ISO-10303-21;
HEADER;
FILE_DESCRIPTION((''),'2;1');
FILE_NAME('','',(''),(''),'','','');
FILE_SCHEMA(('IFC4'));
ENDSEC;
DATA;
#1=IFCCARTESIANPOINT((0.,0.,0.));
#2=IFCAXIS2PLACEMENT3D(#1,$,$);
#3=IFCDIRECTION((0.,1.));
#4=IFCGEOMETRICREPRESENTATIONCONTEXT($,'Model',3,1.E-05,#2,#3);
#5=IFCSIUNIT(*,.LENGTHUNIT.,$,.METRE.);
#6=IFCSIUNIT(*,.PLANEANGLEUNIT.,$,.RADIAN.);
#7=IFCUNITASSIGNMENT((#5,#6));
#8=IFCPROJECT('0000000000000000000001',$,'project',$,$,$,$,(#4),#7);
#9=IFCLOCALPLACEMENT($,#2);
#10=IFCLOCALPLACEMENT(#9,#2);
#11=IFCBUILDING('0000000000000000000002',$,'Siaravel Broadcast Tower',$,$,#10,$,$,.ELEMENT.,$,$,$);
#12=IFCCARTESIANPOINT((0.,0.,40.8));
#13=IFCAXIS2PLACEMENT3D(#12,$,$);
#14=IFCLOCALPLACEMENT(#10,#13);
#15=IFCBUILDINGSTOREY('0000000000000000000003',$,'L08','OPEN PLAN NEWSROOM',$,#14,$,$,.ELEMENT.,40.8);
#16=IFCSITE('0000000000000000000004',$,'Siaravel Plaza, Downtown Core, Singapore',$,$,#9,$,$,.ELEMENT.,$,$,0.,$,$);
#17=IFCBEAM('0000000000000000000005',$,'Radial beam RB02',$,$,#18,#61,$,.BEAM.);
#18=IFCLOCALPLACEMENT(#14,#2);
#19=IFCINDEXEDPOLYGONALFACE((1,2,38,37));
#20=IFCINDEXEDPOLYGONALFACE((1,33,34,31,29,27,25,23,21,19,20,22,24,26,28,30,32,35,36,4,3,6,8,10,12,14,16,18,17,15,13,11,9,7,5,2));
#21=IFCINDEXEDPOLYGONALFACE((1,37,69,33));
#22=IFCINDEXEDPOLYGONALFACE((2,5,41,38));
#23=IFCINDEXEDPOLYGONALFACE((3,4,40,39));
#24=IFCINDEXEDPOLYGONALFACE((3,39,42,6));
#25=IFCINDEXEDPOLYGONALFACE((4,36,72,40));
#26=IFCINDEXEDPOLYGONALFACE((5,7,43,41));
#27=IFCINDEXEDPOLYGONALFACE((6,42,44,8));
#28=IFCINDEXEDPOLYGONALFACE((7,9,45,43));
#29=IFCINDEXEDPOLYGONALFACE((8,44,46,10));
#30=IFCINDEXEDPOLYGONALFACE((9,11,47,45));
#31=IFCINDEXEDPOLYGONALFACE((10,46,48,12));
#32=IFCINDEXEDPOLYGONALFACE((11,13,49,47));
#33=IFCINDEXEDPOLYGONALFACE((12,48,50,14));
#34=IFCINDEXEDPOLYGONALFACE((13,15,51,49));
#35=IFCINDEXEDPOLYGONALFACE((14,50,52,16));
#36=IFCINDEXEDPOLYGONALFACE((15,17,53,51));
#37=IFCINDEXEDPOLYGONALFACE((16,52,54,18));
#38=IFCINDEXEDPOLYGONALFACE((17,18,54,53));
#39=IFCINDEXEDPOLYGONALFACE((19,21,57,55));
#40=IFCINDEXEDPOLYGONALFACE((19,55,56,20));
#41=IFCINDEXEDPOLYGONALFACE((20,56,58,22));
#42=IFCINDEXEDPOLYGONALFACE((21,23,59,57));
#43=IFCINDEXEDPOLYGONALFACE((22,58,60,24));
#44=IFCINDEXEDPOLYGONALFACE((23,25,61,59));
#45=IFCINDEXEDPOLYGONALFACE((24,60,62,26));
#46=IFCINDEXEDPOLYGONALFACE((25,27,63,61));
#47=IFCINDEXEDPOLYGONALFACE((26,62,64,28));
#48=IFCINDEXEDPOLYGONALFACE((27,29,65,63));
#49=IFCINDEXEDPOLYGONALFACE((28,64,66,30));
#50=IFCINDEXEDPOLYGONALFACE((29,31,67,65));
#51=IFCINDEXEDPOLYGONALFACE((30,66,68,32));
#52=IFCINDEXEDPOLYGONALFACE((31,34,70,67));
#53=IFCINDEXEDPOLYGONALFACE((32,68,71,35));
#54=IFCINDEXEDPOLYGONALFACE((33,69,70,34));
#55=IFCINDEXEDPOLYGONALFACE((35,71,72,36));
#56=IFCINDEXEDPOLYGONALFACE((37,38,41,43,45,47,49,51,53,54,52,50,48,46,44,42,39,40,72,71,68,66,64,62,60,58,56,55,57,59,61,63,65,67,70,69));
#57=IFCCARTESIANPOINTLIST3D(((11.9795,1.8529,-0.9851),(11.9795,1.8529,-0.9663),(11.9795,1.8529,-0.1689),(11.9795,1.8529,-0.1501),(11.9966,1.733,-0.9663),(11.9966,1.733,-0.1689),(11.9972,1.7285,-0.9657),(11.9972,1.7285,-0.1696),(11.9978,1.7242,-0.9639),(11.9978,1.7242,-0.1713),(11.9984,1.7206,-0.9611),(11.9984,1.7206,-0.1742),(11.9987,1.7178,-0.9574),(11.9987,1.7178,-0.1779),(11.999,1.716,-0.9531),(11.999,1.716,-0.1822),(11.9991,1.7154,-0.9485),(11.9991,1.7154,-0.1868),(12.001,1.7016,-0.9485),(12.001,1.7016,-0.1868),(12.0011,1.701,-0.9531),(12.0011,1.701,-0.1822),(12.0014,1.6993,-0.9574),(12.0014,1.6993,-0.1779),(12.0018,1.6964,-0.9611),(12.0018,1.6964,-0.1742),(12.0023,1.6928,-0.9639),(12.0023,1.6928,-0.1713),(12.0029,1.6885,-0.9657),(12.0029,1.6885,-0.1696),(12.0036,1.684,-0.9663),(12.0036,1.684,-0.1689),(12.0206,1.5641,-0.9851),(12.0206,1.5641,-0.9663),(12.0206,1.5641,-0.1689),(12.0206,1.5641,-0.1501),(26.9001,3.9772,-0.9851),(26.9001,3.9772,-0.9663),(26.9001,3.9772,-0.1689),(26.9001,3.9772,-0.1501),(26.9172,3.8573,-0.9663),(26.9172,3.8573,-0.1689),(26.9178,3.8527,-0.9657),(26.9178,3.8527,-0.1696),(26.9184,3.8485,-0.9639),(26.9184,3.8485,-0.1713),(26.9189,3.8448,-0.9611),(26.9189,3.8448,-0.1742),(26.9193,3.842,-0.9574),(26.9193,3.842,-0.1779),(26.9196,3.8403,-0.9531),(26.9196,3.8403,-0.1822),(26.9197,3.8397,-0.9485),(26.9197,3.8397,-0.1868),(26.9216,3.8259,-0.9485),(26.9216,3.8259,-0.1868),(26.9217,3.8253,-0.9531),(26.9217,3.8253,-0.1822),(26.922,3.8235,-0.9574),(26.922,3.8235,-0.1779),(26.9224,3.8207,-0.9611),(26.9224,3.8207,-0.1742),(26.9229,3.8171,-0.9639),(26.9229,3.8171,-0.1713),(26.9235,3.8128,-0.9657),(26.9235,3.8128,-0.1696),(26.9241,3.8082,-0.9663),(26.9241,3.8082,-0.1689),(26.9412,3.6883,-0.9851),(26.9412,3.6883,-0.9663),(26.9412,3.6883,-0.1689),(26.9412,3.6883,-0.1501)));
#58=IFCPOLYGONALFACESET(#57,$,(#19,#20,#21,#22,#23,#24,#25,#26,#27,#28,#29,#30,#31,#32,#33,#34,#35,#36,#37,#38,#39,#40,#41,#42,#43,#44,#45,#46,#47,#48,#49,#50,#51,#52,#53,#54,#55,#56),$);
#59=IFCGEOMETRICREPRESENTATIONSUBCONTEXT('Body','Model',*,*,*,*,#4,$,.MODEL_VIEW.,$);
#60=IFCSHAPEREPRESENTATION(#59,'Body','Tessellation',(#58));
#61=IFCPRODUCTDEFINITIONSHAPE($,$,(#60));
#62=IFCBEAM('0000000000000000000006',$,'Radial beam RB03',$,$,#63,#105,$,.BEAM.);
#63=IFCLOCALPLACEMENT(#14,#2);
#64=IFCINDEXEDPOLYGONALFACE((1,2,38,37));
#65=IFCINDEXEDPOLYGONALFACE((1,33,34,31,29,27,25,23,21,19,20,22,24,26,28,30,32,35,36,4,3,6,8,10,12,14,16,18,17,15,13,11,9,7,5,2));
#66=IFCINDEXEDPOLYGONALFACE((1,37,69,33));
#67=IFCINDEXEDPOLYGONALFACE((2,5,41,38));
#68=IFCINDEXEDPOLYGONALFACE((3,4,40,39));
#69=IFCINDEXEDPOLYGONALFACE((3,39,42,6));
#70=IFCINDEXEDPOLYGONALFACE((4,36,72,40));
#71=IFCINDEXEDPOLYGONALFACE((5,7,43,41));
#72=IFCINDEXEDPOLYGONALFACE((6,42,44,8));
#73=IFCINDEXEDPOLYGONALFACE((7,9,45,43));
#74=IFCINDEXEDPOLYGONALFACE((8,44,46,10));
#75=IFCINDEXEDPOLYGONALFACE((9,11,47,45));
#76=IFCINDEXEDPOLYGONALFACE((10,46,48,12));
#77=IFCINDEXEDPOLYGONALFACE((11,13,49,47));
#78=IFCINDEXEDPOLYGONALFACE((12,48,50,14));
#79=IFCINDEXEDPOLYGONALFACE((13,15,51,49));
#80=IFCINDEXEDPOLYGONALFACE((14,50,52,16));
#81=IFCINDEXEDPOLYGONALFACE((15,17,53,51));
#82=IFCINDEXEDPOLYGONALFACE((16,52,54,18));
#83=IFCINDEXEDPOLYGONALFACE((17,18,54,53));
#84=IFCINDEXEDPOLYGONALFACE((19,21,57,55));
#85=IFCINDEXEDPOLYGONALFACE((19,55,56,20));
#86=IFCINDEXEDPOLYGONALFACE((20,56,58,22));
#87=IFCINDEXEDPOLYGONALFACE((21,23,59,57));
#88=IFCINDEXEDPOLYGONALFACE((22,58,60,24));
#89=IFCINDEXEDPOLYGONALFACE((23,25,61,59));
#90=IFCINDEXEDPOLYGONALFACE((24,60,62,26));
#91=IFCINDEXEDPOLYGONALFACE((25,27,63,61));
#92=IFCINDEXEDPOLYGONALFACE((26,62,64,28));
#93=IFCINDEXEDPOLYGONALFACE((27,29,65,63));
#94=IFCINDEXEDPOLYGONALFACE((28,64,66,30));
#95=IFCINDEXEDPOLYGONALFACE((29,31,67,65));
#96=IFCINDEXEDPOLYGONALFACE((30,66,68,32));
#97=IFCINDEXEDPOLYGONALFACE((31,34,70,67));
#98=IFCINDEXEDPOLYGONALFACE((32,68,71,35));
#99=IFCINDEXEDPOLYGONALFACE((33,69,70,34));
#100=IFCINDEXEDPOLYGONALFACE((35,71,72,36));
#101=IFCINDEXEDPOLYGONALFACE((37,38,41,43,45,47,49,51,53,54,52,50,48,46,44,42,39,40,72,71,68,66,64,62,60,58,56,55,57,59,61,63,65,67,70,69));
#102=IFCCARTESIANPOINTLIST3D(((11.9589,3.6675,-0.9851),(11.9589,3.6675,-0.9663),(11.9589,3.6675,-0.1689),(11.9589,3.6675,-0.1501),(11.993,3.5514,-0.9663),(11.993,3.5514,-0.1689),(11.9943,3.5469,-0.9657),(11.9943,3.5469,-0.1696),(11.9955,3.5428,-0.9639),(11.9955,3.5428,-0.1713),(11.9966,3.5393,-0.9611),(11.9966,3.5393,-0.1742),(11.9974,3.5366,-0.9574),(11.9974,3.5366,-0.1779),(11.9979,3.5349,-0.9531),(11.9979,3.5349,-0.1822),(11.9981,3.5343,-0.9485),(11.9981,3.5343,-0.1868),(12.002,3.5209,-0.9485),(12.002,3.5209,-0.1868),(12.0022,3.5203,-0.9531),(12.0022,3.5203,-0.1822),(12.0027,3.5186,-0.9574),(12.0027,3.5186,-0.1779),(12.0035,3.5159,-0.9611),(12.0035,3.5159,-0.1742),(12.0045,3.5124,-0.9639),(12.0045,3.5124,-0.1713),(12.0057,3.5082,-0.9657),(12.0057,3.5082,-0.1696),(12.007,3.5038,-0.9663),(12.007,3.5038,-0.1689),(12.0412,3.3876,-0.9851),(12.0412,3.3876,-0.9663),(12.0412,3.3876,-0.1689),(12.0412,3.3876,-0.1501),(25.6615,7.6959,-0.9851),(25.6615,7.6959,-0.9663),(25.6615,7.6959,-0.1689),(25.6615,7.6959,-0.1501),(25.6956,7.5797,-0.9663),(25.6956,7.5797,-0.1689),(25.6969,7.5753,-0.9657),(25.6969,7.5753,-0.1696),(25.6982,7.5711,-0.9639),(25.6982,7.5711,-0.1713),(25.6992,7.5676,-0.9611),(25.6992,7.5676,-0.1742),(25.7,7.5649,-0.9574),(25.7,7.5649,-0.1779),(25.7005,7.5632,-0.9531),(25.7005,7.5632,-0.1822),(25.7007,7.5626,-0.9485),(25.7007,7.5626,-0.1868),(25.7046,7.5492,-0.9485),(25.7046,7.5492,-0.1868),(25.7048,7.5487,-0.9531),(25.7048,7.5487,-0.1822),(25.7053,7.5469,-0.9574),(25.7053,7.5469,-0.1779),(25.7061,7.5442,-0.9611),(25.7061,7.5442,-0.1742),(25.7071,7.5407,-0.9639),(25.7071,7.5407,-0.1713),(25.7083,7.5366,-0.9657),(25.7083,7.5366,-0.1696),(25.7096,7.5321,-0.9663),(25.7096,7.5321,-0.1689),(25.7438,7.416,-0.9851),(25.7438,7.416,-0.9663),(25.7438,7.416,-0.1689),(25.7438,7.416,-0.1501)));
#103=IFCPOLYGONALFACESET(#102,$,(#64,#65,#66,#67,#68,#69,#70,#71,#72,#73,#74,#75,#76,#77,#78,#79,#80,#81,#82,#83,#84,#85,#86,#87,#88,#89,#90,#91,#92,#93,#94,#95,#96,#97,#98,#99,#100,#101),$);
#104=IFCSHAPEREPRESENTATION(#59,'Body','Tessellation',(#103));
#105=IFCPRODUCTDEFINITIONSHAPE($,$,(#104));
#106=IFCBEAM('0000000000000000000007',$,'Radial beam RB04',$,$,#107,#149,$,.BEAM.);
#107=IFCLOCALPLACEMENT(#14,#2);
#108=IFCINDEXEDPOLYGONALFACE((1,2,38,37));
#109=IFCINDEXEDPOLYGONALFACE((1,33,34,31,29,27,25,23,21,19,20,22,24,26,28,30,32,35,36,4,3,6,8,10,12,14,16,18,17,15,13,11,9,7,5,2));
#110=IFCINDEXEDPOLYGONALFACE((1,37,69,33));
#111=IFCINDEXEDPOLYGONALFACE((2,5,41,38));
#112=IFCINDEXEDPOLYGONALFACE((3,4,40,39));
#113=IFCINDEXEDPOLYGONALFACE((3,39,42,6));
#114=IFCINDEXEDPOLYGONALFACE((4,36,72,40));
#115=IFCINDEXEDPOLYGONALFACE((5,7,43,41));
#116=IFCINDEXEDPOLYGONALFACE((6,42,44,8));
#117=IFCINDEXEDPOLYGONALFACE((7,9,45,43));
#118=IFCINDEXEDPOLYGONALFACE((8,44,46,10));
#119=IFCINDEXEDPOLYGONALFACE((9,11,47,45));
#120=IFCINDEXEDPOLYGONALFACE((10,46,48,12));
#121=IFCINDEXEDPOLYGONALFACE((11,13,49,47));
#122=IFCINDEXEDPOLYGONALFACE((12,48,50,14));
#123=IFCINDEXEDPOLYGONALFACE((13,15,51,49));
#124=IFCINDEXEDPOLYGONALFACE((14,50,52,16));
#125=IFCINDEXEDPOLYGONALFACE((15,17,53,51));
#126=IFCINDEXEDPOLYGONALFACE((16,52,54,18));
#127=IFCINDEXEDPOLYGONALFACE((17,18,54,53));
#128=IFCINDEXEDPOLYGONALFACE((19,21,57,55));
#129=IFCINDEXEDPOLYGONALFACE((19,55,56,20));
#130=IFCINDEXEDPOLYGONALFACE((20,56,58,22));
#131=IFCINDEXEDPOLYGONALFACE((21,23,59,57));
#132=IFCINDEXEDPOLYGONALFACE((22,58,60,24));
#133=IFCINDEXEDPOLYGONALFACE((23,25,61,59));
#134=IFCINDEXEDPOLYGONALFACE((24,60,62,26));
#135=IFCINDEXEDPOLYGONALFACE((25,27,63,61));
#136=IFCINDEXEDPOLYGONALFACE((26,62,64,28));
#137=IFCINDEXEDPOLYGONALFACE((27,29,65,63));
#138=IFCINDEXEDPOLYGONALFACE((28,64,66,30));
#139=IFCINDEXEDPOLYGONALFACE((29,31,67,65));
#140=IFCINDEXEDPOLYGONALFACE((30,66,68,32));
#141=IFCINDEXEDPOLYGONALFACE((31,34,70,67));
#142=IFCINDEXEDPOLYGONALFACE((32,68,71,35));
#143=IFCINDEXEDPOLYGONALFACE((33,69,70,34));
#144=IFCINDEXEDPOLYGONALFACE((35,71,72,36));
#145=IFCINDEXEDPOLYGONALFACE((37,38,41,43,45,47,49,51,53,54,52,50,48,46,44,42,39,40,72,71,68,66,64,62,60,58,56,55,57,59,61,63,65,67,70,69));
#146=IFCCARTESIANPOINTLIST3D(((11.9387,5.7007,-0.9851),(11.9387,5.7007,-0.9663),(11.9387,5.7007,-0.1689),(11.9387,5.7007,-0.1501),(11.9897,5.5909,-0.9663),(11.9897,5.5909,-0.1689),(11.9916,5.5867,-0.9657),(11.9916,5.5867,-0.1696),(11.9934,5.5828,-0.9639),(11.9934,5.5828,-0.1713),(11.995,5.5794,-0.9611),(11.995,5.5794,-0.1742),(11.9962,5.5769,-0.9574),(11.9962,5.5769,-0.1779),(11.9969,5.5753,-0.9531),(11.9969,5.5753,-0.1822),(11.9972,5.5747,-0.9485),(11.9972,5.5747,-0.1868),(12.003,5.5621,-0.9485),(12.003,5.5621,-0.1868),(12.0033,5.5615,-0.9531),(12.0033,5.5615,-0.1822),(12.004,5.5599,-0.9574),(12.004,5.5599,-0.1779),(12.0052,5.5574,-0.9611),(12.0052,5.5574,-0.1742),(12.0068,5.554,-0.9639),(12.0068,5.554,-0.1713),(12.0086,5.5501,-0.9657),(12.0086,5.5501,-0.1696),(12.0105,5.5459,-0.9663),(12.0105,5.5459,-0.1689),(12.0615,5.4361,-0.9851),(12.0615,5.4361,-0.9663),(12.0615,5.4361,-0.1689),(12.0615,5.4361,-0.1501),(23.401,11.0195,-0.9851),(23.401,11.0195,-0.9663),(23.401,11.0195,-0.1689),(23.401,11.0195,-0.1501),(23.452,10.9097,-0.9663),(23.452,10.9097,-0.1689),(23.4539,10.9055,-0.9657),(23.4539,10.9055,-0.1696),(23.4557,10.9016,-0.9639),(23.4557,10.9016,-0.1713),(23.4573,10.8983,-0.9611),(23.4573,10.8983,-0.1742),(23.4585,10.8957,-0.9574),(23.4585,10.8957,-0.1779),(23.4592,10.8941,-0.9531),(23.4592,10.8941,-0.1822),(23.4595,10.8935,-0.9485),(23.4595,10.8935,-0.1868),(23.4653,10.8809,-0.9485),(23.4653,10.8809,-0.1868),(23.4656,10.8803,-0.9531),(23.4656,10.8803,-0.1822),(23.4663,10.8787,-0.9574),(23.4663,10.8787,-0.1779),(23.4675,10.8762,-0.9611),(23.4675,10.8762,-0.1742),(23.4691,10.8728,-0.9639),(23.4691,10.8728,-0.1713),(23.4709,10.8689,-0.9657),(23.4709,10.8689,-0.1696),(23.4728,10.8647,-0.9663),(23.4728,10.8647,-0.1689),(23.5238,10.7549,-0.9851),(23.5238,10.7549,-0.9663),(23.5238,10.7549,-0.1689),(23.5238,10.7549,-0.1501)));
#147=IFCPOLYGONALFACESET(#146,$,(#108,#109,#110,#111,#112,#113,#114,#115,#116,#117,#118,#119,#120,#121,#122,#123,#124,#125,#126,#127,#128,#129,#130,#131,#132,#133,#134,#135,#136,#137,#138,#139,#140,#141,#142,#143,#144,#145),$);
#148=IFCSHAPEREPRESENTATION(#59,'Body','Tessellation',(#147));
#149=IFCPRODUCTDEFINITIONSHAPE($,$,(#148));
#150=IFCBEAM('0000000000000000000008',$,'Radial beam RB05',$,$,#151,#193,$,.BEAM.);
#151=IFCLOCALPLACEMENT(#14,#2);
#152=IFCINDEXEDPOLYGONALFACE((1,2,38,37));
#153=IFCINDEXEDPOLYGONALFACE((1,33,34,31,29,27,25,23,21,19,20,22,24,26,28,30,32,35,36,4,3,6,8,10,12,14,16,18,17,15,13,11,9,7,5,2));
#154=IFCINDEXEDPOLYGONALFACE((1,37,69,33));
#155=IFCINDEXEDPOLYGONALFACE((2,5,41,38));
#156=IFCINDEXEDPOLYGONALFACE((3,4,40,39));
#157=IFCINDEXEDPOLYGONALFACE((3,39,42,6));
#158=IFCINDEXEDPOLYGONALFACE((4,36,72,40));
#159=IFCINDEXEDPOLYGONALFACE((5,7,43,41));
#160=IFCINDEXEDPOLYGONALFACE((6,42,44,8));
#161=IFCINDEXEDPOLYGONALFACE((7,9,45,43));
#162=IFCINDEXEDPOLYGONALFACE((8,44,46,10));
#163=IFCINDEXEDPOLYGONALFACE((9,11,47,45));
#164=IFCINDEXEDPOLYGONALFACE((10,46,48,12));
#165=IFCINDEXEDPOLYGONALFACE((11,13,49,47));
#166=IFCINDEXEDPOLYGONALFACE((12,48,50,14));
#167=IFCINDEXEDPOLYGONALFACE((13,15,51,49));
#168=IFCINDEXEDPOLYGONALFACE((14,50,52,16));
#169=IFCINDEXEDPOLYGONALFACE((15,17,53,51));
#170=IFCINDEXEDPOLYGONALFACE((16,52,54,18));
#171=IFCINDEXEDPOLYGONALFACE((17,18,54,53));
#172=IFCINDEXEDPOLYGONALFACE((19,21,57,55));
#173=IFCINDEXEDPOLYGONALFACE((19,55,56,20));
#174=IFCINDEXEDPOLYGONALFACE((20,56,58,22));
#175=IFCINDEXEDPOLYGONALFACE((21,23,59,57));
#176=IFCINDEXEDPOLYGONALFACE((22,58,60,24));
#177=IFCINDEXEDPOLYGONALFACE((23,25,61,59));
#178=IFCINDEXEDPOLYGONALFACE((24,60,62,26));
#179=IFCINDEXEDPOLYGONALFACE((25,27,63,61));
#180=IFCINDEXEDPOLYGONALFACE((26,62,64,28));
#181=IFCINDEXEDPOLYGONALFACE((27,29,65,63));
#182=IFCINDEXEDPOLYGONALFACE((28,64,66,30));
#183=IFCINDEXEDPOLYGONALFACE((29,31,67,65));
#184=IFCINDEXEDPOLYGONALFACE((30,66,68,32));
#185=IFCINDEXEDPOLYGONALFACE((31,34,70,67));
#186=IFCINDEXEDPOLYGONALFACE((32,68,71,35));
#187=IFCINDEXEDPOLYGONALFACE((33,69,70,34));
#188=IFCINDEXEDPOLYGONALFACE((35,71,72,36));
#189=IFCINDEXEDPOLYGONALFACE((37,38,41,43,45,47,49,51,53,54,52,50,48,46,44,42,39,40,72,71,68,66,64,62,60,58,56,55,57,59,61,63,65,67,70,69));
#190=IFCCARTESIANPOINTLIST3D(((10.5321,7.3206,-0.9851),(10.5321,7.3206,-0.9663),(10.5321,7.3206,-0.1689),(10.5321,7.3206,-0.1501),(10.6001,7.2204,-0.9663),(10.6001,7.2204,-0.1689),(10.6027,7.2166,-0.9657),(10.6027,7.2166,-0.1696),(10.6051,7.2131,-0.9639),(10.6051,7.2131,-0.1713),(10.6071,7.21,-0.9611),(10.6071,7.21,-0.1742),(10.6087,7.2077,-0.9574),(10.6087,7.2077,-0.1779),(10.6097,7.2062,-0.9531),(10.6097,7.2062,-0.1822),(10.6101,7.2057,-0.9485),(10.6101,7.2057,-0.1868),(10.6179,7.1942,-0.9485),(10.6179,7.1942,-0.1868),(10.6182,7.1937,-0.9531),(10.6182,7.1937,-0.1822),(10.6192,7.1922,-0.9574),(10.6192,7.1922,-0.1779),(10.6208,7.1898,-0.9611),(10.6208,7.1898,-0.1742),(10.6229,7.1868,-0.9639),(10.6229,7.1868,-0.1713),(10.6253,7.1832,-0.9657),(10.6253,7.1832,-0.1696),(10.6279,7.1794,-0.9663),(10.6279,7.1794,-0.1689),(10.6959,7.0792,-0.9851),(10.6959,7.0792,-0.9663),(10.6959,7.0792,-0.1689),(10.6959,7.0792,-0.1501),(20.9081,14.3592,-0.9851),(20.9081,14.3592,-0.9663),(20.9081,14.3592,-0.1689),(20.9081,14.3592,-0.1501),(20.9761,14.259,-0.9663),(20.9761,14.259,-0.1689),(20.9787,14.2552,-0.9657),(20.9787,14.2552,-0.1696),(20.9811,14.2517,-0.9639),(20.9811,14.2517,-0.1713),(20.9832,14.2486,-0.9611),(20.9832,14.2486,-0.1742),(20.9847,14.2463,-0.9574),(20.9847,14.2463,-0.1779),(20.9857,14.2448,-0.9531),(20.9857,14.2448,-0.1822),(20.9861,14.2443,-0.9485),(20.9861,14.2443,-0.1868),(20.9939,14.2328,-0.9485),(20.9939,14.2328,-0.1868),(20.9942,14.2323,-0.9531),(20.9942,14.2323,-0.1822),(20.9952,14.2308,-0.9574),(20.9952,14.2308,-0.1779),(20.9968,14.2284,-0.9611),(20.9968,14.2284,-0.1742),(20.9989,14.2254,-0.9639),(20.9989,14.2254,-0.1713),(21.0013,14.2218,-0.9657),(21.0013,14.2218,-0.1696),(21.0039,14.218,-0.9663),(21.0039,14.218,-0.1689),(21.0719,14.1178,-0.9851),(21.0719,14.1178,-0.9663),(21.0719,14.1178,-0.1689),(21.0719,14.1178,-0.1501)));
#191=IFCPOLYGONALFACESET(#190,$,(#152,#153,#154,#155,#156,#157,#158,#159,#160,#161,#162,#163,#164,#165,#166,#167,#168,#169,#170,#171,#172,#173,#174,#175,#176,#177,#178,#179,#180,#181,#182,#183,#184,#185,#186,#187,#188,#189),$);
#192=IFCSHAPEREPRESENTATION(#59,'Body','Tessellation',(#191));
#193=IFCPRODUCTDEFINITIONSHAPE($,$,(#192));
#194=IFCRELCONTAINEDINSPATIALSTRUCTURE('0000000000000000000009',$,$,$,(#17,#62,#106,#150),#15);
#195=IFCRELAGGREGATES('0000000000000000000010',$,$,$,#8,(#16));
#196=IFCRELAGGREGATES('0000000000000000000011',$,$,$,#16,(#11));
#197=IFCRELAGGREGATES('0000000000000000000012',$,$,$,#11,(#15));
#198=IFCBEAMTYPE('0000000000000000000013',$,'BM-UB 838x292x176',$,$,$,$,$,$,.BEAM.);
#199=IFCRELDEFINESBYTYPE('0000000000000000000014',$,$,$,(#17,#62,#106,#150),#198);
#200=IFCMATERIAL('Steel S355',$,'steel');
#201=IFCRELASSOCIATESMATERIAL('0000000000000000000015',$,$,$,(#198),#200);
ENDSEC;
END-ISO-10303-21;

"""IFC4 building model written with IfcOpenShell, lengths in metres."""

from ifc_helpers import new_model, si_unit, direction, frame, origin, origin_2d, place, context, subcontext, project, spatial, i_section, extrude, material, material_profile, profile_set, type_object, element, save


model = new_model("IFC4")

# Units and contexts
model_context = context("Model", 3, precision=1e-05, world=origin(), true_north=direction((0.0, 1.0)))
body_context = subcontext(model_context, "Body", "Model", "MODEL_VIEW")
ifc_project = project(units=[si_unit("LENGTHUNIT", "METRE"), si_unit("PLANEANGLEUNIT", "RADIAN")], contexts=[model_context])

# Site, building, storey
site_placement = place(None, origin())
site = spatial("IfcSite", under=ifc_project, at=site_placement, Name="Siaravel Plaza, Downtown Core, Singapore", CompositionType="ELEMENT", RefElevation=0.0)
building_placement = place(site_placement, origin())
building = spatial("IfcBuilding", under=site, at=building_placement, Name="Siaravel Broadcast Tower", CompositionType="ELEMENT")
storey_placement = place(building_placement, frame((0.0, 0.0, 40.8)))
storey = spatial("IfcBuildingStorey", under=building, at=storey_placement, Name="L08", Description="OPEN PLAN NEWSROOM", CompositionType="ELEMENT", Elevation=40.8)

# Beams
ifc_material_1 = material(Name="Steel S355", Category="steel")
ifc_material_profile_1 = material_profile(ifc_material_1, i_section(OverallWidth=0.2917, OverallDepth=0.835, WebThickness=0.0139, FlangeThickness=0.0188, FilletRadius=0.0178, at=origin_2d()))
ifc_profile_set_1 = profile_set([ifc_material_profile_1], Name="Steel S355")
beam_type = type_object("IfcBeamType", Name="BM-UB 838x292x176", PredefinedType="BEAM", material=ifc_profile_set_1)
beam_1_placement = place(storey_placement, frame((26.9207, 3.8328, -0.5676), z_axis=(-0.990017, -0.14095, 0.0), x_axis=(0.14095, -0.990017, 0.0)))
element("IfcBeam", 1, at=beam_1_placement, inside=storey, type_object=beam_type, Name="Radial beam RB02", PredefinedType="BEAM", context=body_context, shape_type="SweptSolid", body=[
    extrude(i_section(OverallWidth=0.2917, OverallDepth=0.835, WebThickness=0.0139, FlangeThickness=0.0188, FilletRadius=0.0178, at=origin_2d()), origin(), (0.0, 0.0, 1.0), 15.071),
])
beam_2_placement = place(storey_placement, frame((25.7026, 7.5559, -0.5676), z_axis=(-0.959401, -0.282046, 0.0), x_axis=(0.282046, -0.959401, 0.0)))
element("IfcBeam", 2, at=beam_2_placement, inside=storey, type_object=beam_type, Name="Radial beam RB03", PredefinedType="BEAM", context=body_context, shape_type="SweptSolid", body=[
    extrude(i_section(OverallWidth=0.2917, OverallDepth=0.835, WebThickness=0.0139, FlangeThickness=0.0188, FilletRadius=0.0178, at=origin_2d()), origin(), (0.0, 0.0, 1.0), 14.2825),
])
beam_3_placement = place(storey_placement, frame((23.4624, 10.8872, -0.5676), z_axis=(-0.907099, -0.420917, 0.0), x_axis=(0.420917, -0.907099, 0.0)))
element("IfcBeam", 3, at=beam_3_placement, inside=storey, type_object=beam_type, Name="Radial beam RB04", PredefinedType="BEAM", context=body_context, shape_type="SweptSolid", body=[
    extrude(i_section(OverallWidth=0.2917, OverallDepth=0.835, WebThickness=0.0139, FlangeThickness=0.0188, FilletRadius=0.0178, at=origin_2d()), origin(), (0.0, 0.0, 1.0), 12.6362),
])
beam_4_placement = place(storey_placement, frame((20.99, 14.2385, -0.5676), z_axis=(-0.82756, -0.561378, 0.0), x_axis=(0.561378, -0.82756, 0.0)))
element("IfcBeam", 4, at=beam_4_placement, inside=storey, type_object=beam_type, Name="Radial beam RB05", PredefinedType="BEAM", context=body_context, shape_type="SweptSolid", body=[
    extrude(i_section(OverallWidth=0.2917, OverallDepth=0.835, WebThickness=0.0139, FlangeThickness=0.0188, FilletRadius=0.0178, at=origin_2d()), origin(), (0.0, 0.0, 1.0), 12.5381),
])

save(model, "model.ifc")
